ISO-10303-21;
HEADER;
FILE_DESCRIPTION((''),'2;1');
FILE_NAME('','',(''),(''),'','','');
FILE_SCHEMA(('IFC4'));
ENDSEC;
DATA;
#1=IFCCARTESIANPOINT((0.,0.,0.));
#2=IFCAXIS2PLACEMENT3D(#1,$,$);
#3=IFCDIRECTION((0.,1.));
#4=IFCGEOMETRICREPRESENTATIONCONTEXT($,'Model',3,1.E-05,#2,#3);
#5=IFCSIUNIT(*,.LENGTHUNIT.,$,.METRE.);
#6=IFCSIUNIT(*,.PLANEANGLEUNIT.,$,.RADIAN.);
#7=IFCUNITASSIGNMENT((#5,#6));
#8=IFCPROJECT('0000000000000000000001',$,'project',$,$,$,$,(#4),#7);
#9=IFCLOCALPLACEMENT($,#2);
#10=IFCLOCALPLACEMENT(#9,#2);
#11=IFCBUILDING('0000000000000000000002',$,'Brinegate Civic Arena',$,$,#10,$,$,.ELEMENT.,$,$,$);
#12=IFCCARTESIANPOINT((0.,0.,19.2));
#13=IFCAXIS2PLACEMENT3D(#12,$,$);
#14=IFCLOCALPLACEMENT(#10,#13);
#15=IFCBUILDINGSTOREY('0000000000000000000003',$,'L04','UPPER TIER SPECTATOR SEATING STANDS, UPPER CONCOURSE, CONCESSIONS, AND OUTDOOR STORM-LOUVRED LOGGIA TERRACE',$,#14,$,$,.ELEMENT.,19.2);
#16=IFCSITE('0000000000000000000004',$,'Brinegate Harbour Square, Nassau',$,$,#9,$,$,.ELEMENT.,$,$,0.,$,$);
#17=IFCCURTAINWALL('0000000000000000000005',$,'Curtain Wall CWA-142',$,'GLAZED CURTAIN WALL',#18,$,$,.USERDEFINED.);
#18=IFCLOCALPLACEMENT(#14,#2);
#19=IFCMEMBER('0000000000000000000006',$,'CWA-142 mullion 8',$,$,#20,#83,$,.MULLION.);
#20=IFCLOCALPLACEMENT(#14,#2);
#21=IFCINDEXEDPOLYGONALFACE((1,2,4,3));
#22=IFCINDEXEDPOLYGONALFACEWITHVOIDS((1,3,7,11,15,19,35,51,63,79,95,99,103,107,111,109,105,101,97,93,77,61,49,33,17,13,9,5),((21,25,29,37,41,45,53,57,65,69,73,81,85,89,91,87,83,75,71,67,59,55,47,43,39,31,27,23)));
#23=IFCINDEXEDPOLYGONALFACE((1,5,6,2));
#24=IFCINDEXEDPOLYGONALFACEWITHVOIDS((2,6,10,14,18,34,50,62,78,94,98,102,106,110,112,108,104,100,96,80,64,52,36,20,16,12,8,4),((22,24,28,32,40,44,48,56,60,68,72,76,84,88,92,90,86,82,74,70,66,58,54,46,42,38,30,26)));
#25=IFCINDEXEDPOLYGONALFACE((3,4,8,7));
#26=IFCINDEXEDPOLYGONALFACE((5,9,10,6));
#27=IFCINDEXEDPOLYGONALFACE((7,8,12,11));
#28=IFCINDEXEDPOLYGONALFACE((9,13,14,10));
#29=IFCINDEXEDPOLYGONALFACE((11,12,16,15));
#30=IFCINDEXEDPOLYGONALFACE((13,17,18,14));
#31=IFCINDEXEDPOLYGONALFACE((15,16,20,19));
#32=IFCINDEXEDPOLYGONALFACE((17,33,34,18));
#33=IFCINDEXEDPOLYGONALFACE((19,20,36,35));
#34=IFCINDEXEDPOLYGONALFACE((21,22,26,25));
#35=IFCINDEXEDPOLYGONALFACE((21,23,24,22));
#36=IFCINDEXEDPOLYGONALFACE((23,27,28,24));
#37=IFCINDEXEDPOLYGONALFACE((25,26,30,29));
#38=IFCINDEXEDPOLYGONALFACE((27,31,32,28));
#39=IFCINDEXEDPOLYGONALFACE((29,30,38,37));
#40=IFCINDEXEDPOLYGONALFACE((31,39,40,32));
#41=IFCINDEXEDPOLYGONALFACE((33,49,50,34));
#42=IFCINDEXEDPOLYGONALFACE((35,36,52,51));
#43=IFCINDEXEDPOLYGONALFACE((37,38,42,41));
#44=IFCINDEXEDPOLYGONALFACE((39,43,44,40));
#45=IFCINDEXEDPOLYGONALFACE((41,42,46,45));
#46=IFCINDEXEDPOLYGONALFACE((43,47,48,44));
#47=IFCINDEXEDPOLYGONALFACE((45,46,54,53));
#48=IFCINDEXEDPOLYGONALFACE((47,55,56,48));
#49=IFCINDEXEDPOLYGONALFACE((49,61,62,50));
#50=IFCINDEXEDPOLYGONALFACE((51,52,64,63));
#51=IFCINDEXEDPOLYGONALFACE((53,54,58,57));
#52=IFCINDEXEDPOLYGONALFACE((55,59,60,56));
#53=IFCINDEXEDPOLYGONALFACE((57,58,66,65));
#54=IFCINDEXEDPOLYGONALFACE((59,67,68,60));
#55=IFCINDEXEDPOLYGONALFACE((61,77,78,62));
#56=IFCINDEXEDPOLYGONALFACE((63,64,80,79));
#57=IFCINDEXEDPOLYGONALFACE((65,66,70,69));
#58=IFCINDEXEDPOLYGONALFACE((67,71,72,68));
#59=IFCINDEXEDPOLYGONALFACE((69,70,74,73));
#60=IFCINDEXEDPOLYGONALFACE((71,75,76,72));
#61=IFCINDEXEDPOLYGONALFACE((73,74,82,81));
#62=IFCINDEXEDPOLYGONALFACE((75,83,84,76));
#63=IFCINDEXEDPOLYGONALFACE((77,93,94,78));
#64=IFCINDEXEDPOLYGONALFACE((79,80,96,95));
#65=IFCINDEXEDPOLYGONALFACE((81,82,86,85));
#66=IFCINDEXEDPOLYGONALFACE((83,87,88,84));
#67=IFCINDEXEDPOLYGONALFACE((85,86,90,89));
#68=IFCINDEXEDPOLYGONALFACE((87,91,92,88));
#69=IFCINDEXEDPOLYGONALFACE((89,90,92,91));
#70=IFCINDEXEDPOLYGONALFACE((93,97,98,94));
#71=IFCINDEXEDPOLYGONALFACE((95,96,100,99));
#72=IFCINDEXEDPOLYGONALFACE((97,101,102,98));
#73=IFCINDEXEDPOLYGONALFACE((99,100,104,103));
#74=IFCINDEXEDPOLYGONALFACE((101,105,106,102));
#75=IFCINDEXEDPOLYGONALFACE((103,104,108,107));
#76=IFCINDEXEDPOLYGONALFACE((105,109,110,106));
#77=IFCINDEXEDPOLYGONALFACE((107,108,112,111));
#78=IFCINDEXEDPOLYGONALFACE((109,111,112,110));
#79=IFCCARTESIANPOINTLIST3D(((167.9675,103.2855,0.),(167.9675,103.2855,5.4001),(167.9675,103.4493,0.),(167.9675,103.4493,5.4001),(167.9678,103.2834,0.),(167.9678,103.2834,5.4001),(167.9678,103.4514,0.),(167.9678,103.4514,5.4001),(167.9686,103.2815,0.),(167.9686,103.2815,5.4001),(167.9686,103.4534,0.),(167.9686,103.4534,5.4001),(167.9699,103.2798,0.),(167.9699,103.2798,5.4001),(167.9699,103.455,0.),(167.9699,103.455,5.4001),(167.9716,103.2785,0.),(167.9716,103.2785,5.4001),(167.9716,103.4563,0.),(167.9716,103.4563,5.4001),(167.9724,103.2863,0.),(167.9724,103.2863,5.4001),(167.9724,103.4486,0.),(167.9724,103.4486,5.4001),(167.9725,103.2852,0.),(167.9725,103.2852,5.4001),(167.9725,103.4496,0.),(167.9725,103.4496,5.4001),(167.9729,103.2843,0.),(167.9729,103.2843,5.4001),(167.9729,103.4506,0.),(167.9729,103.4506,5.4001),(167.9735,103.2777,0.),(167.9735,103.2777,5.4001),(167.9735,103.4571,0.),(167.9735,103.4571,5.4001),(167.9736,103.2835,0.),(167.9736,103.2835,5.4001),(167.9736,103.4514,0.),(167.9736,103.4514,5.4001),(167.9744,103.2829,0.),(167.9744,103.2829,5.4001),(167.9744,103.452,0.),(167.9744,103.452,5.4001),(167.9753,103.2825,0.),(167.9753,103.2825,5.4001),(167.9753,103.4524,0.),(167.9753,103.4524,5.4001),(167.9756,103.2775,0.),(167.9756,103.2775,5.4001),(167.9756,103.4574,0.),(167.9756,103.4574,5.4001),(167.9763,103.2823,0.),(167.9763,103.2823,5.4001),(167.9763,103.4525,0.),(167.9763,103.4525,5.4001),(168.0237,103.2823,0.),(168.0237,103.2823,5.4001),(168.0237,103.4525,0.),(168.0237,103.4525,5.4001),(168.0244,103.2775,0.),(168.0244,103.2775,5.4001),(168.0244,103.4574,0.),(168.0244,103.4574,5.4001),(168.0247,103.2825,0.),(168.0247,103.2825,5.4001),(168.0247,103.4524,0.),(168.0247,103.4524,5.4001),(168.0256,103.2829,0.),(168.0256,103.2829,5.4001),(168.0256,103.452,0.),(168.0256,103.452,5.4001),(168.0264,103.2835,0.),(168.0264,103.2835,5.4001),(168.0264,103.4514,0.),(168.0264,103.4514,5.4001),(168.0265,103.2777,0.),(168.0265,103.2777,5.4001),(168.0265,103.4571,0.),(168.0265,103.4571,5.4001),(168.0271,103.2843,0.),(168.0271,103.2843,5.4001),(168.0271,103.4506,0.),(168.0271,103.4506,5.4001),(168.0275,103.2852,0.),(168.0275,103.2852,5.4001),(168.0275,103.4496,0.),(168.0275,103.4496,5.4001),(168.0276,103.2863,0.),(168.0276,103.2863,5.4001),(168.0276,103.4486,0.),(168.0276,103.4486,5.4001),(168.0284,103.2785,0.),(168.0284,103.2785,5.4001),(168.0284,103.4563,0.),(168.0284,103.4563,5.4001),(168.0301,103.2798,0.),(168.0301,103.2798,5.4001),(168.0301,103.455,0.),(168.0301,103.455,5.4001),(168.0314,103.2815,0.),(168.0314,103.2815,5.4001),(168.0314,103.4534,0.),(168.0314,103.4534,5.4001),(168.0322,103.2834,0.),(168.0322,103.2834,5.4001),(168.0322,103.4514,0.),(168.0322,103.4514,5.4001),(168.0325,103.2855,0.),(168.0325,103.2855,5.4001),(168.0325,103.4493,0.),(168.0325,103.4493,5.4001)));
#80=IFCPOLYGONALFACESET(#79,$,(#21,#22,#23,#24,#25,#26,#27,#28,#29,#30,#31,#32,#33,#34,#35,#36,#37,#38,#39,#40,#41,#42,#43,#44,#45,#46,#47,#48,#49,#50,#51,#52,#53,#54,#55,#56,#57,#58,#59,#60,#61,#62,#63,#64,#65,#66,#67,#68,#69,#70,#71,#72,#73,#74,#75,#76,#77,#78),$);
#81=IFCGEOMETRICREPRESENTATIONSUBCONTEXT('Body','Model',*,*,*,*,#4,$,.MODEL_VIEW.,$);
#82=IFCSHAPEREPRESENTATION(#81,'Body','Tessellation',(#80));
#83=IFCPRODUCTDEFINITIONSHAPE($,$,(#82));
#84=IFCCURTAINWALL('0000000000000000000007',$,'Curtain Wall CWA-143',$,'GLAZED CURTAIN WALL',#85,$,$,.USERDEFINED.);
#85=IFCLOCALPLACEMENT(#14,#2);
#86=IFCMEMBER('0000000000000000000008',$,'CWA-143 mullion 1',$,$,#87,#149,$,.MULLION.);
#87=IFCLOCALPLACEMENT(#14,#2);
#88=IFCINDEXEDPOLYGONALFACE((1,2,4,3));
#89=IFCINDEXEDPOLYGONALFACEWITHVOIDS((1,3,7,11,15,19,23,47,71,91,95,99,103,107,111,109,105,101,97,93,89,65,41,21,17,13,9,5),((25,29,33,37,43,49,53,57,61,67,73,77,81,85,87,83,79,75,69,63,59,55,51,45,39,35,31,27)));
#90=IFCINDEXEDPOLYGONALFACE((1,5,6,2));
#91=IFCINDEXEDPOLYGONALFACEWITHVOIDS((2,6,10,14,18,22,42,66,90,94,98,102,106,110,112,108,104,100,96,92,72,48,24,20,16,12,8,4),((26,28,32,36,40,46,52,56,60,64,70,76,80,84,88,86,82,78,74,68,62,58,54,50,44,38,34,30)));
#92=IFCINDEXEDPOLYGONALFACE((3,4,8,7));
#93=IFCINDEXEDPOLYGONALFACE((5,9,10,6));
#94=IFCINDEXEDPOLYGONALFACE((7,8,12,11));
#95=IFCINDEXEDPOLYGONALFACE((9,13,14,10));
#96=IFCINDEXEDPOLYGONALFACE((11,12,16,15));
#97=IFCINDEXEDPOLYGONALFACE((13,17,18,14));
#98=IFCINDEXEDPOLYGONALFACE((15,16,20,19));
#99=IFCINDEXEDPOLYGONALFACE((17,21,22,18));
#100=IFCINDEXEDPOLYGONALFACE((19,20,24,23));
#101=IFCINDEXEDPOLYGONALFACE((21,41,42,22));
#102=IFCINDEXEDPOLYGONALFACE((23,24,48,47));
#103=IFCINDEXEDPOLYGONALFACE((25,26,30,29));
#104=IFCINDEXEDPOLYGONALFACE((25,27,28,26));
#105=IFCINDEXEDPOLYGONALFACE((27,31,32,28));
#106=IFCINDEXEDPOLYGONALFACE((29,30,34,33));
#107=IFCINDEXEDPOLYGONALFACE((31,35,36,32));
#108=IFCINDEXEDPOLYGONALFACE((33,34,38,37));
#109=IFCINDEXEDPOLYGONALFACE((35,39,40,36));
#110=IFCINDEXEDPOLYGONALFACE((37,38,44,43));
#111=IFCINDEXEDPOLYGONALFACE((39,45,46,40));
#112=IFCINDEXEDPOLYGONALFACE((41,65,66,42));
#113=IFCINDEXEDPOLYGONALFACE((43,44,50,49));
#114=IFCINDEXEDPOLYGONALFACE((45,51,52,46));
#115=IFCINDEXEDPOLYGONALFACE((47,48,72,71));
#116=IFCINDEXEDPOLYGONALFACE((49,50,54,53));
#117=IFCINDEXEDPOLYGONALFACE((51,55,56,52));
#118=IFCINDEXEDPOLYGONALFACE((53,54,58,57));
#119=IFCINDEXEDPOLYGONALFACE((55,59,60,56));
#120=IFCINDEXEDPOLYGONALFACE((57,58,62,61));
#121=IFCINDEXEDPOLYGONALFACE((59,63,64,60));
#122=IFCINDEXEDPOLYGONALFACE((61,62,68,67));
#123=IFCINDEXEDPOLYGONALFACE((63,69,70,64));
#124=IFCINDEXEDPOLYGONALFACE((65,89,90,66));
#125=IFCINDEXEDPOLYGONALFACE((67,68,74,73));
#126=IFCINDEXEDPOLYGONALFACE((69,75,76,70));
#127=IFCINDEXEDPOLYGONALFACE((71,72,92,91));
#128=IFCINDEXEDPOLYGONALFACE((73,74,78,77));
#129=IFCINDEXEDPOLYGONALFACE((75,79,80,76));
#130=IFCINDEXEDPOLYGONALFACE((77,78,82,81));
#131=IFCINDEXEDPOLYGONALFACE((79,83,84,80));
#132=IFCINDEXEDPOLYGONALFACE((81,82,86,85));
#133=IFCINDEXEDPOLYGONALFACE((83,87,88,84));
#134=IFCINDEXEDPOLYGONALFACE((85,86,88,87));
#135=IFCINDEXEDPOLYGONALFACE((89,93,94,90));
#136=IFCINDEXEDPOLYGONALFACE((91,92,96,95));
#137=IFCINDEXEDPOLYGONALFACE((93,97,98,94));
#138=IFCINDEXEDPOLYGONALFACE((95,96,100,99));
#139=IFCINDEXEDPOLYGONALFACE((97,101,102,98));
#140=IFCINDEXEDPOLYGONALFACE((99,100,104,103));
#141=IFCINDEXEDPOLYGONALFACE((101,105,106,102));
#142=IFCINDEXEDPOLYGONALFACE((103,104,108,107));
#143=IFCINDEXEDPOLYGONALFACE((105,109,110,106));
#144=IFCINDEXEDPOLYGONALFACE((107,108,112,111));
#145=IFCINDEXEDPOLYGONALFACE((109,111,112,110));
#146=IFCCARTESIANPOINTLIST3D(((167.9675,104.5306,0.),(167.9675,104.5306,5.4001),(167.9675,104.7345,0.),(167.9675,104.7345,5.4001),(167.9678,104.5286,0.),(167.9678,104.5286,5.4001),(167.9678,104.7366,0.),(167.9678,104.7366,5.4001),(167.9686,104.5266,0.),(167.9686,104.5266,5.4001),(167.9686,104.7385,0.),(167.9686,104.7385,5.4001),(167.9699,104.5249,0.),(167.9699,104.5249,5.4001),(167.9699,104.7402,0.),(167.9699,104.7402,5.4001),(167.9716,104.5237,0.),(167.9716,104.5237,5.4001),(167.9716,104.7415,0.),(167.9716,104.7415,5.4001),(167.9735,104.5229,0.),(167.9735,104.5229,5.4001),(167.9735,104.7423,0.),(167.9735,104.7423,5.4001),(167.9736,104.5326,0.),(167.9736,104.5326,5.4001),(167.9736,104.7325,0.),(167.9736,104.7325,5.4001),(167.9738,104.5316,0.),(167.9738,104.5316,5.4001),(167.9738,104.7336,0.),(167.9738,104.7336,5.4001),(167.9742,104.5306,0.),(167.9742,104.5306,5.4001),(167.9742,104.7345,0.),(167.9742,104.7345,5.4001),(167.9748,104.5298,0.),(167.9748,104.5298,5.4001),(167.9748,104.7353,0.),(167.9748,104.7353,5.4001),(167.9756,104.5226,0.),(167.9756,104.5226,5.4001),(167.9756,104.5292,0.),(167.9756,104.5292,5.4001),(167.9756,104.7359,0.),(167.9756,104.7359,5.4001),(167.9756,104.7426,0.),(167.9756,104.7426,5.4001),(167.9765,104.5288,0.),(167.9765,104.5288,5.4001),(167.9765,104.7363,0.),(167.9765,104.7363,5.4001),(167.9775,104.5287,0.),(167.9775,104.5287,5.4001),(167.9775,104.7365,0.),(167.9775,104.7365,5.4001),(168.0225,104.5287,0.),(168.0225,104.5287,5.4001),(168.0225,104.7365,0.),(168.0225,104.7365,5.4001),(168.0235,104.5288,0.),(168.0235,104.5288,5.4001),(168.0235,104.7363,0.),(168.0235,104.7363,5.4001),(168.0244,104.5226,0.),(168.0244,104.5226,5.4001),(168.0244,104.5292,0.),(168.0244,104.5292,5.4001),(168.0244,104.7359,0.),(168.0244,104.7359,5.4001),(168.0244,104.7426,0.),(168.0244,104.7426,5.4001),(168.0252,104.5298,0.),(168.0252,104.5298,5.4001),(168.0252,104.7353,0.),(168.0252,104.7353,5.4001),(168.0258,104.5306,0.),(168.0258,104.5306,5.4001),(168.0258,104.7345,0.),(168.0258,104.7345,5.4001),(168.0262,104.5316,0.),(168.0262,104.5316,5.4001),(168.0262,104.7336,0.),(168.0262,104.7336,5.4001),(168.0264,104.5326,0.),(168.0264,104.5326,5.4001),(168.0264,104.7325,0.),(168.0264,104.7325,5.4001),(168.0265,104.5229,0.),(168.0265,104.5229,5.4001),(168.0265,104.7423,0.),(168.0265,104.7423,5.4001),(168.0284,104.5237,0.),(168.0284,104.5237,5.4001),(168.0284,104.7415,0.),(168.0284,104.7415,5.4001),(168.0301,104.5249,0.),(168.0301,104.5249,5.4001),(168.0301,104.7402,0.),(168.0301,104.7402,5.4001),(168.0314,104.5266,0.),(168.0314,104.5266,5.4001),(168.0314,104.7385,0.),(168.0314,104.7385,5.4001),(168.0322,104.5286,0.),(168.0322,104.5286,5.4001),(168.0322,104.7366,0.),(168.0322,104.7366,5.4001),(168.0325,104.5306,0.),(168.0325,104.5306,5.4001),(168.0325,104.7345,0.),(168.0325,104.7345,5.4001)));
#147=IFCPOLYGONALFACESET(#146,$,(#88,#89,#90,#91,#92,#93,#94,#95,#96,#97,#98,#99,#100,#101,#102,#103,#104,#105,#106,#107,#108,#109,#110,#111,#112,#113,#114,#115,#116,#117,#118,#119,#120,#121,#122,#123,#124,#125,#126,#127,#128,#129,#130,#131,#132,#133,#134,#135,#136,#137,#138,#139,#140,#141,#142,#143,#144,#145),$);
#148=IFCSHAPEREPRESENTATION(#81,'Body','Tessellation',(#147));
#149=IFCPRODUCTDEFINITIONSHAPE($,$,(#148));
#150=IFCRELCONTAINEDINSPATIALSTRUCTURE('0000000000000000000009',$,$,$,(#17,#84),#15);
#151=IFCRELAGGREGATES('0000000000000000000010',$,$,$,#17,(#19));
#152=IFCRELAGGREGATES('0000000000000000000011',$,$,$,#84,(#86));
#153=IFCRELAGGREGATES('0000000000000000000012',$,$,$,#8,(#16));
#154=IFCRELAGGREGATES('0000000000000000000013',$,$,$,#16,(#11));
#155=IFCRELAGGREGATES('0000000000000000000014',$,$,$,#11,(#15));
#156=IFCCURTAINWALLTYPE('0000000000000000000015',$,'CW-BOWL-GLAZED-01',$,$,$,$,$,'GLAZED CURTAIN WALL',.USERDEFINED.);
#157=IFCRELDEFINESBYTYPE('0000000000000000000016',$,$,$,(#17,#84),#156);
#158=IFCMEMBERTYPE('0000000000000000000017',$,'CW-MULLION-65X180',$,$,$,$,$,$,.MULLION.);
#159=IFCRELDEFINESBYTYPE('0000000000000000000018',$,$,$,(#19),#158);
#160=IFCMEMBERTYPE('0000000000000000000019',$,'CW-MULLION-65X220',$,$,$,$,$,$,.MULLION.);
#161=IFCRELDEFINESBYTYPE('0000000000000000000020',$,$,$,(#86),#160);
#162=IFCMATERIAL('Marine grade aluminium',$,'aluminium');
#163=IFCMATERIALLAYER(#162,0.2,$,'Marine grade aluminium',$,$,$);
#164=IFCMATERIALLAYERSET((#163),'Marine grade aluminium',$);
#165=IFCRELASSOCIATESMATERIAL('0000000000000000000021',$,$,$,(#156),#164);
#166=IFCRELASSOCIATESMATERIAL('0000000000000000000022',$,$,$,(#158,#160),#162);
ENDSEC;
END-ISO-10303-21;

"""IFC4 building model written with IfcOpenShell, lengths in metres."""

from ifc_helpers import new_model, si_unit, direction, frame, origin, origin_2d, place, context, subcontext, project, spatial, hollow_rectangle, extrude, material, layer, layer_set, material_profile, profile_set, type_object, element, aggregate, save


model = new_model("IFC4")

# Units and contexts
model_context = context("Model", 3, precision=1e-05, world=origin(), true_north=direction((0.0, 1.0)))
body_context = subcontext(model_context, "Body", "Model", "MODEL_VIEW")
ifc_project = project(units=[si_unit("LENGTHUNIT", "METRE"), si_unit("PLANEANGLEUNIT", "RADIAN")], contexts=[model_context])

# Site, building, storey
site_placement = place(None, origin())
site = spatial("IfcSite", under=ifc_project, at=site_placement, Name="Brinegate Harbour Square, Nassau", CompositionType="ELEMENT", RefElevation=0.0)
building_placement = place(site_placement, origin())
building = spatial("IfcBuilding", under=site, at=building_placement, Name="Brinegate Civic Arena", CompositionType="ELEMENT")
storey_placement = place(building_placement, frame((0.0, 0.0, 19.2)))
storey = spatial("IfcBuildingStorey", under=building, at=storey_placement, Name="L04", Description="UPPER TIER SPECTATOR SEATING STANDS, UPPER CONCOURSE, CONCESSIONS, AND OUTDOOR STORM-LOUVRED LOGGIA TERRACE", CompositionType="ELEMENT", Elevation=19.2)

# Curtain wall, member
ifc_material_1 = material(Name="Marine grade aluminium", Category="aluminium")
ifc_layer_1 = layer(ifc_material_1, 0.2, Name="Marine grade aluminium")
ifc_layer_set_1 = layer_set([ifc_layer_1], Name="Marine grade aluminium")
curtain_wall_type = type_object("IfcCurtainWallType", Name="CW-BOWL-GLAZED-01", ElementType="GLAZED CURTAIN WALL", PredefinedType="USERDEFINED", material=ifc_layer_set_1)
curtain_wall_1_placement = place(storey_placement, origin())
curtain_wall_1 = element("IfcCurtainWall", 1, at=curtain_wall_1_placement, inside=storey, type_object=curtain_wall_type, Name="Curtain Wall CWA-142", ObjectType="GLAZED CURTAIN WALL", PredefinedType="USERDEFINED")
ifc_material_profile_1 = material_profile(ifc_material_1, hollow_rectangle(XDim=0.0649, YDim=0.1799, WallThickness=0.0049, InnerFilletRadius=0.0039, OuterFilletRadius=0.0081, at=origin_2d()), Name="MUL65X180")
ifc_profile_set_1 = profile_set([ifc_material_profile_1], Name="Marine grade aluminium")
member_type_1 = type_object("IfcMemberType", Name="CW-MULLION-65X180", PredefinedType="MULLION", material=ifc_profile_set_1)
member_1_placement = place(storey_placement, frame((168.0, 103.3674, 0.0), z_axis=(0.0, 0.0, 1.0), x_axis=(-1.0, 0.0, 0.0)))
member_1 = element("IfcMember", 2, at=member_1_placement, type_object=member_type_1, Name="CWA-142 mullion 8", PredefinedType="MULLION", context=body_context, shape_type="SweptSolid", body=[
    extrude(hollow_rectangle(XDim=0.0649, YDim=0.1799, WallThickness=0.0049, InnerFilletRadius=0.0039, OuterFilletRadius=0.0081, at=origin_2d()), origin(), (0.0, 0.0, 1.0), 5.4001),
])

# Curtain wall, member
curtain_wall_2_placement = place(storey_placement, origin())
curtain_wall_2 = element("IfcCurtainWall", 3, at=curtain_wall_2_placement, inside=storey, type_object=curtain_wall_type, Name="Curtain Wall CWA-143", ObjectType="GLAZED CURTAIN WALL", PredefinedType="USERDEFINED")
ifc_material_profile_2 = material_profile(ifc_material_1, hollow_rectangle(XDim=0.0649, YDim=0.22, WallThickness=0.0061, InnerFilletRadius=0.0039, OuterFilletRadius=0.0081, at=origin_2d()), Name="MUL65X220")
ifc_profile_set_2 = profile_set([ifc_material_profile_2], Name="Marine grade aluminium")
member_type_2 = type_object("IfcMemberType", Name="CW-MULLION-65X220", PredefinedType="MULLION", material=ifc_profile_set_2)
member_2_placement = place(storey_placement, frame((168.0, 104.6326, 0.0), z_axis=(0.0, 0.0, 1.0), x_axis=(-1.0, 0.0, 0.0)))
member_2 = element("IfcMember", 4, at=member_2_placement, type_object=member_type_2, Name="CWA-143 mullion 1", PredefinedType="MULLION", context=body_context, shape_type="SweptSolid", body=[
    extrude(hollow_rectangle(XDim=0.0649, YDim=0.22, WallThickness=0.0061, InnerFilletRadius=0.0039, OuterFilletRadius=0.0081, at=origin_2d()), origin(), (0.0, 0.0, 1.0), 5.4001),
])

aggregate(curtain_wall_1, [member_1])
aggregate(curtain_wall_2, [member_2])

save(model, "model.ifc")
